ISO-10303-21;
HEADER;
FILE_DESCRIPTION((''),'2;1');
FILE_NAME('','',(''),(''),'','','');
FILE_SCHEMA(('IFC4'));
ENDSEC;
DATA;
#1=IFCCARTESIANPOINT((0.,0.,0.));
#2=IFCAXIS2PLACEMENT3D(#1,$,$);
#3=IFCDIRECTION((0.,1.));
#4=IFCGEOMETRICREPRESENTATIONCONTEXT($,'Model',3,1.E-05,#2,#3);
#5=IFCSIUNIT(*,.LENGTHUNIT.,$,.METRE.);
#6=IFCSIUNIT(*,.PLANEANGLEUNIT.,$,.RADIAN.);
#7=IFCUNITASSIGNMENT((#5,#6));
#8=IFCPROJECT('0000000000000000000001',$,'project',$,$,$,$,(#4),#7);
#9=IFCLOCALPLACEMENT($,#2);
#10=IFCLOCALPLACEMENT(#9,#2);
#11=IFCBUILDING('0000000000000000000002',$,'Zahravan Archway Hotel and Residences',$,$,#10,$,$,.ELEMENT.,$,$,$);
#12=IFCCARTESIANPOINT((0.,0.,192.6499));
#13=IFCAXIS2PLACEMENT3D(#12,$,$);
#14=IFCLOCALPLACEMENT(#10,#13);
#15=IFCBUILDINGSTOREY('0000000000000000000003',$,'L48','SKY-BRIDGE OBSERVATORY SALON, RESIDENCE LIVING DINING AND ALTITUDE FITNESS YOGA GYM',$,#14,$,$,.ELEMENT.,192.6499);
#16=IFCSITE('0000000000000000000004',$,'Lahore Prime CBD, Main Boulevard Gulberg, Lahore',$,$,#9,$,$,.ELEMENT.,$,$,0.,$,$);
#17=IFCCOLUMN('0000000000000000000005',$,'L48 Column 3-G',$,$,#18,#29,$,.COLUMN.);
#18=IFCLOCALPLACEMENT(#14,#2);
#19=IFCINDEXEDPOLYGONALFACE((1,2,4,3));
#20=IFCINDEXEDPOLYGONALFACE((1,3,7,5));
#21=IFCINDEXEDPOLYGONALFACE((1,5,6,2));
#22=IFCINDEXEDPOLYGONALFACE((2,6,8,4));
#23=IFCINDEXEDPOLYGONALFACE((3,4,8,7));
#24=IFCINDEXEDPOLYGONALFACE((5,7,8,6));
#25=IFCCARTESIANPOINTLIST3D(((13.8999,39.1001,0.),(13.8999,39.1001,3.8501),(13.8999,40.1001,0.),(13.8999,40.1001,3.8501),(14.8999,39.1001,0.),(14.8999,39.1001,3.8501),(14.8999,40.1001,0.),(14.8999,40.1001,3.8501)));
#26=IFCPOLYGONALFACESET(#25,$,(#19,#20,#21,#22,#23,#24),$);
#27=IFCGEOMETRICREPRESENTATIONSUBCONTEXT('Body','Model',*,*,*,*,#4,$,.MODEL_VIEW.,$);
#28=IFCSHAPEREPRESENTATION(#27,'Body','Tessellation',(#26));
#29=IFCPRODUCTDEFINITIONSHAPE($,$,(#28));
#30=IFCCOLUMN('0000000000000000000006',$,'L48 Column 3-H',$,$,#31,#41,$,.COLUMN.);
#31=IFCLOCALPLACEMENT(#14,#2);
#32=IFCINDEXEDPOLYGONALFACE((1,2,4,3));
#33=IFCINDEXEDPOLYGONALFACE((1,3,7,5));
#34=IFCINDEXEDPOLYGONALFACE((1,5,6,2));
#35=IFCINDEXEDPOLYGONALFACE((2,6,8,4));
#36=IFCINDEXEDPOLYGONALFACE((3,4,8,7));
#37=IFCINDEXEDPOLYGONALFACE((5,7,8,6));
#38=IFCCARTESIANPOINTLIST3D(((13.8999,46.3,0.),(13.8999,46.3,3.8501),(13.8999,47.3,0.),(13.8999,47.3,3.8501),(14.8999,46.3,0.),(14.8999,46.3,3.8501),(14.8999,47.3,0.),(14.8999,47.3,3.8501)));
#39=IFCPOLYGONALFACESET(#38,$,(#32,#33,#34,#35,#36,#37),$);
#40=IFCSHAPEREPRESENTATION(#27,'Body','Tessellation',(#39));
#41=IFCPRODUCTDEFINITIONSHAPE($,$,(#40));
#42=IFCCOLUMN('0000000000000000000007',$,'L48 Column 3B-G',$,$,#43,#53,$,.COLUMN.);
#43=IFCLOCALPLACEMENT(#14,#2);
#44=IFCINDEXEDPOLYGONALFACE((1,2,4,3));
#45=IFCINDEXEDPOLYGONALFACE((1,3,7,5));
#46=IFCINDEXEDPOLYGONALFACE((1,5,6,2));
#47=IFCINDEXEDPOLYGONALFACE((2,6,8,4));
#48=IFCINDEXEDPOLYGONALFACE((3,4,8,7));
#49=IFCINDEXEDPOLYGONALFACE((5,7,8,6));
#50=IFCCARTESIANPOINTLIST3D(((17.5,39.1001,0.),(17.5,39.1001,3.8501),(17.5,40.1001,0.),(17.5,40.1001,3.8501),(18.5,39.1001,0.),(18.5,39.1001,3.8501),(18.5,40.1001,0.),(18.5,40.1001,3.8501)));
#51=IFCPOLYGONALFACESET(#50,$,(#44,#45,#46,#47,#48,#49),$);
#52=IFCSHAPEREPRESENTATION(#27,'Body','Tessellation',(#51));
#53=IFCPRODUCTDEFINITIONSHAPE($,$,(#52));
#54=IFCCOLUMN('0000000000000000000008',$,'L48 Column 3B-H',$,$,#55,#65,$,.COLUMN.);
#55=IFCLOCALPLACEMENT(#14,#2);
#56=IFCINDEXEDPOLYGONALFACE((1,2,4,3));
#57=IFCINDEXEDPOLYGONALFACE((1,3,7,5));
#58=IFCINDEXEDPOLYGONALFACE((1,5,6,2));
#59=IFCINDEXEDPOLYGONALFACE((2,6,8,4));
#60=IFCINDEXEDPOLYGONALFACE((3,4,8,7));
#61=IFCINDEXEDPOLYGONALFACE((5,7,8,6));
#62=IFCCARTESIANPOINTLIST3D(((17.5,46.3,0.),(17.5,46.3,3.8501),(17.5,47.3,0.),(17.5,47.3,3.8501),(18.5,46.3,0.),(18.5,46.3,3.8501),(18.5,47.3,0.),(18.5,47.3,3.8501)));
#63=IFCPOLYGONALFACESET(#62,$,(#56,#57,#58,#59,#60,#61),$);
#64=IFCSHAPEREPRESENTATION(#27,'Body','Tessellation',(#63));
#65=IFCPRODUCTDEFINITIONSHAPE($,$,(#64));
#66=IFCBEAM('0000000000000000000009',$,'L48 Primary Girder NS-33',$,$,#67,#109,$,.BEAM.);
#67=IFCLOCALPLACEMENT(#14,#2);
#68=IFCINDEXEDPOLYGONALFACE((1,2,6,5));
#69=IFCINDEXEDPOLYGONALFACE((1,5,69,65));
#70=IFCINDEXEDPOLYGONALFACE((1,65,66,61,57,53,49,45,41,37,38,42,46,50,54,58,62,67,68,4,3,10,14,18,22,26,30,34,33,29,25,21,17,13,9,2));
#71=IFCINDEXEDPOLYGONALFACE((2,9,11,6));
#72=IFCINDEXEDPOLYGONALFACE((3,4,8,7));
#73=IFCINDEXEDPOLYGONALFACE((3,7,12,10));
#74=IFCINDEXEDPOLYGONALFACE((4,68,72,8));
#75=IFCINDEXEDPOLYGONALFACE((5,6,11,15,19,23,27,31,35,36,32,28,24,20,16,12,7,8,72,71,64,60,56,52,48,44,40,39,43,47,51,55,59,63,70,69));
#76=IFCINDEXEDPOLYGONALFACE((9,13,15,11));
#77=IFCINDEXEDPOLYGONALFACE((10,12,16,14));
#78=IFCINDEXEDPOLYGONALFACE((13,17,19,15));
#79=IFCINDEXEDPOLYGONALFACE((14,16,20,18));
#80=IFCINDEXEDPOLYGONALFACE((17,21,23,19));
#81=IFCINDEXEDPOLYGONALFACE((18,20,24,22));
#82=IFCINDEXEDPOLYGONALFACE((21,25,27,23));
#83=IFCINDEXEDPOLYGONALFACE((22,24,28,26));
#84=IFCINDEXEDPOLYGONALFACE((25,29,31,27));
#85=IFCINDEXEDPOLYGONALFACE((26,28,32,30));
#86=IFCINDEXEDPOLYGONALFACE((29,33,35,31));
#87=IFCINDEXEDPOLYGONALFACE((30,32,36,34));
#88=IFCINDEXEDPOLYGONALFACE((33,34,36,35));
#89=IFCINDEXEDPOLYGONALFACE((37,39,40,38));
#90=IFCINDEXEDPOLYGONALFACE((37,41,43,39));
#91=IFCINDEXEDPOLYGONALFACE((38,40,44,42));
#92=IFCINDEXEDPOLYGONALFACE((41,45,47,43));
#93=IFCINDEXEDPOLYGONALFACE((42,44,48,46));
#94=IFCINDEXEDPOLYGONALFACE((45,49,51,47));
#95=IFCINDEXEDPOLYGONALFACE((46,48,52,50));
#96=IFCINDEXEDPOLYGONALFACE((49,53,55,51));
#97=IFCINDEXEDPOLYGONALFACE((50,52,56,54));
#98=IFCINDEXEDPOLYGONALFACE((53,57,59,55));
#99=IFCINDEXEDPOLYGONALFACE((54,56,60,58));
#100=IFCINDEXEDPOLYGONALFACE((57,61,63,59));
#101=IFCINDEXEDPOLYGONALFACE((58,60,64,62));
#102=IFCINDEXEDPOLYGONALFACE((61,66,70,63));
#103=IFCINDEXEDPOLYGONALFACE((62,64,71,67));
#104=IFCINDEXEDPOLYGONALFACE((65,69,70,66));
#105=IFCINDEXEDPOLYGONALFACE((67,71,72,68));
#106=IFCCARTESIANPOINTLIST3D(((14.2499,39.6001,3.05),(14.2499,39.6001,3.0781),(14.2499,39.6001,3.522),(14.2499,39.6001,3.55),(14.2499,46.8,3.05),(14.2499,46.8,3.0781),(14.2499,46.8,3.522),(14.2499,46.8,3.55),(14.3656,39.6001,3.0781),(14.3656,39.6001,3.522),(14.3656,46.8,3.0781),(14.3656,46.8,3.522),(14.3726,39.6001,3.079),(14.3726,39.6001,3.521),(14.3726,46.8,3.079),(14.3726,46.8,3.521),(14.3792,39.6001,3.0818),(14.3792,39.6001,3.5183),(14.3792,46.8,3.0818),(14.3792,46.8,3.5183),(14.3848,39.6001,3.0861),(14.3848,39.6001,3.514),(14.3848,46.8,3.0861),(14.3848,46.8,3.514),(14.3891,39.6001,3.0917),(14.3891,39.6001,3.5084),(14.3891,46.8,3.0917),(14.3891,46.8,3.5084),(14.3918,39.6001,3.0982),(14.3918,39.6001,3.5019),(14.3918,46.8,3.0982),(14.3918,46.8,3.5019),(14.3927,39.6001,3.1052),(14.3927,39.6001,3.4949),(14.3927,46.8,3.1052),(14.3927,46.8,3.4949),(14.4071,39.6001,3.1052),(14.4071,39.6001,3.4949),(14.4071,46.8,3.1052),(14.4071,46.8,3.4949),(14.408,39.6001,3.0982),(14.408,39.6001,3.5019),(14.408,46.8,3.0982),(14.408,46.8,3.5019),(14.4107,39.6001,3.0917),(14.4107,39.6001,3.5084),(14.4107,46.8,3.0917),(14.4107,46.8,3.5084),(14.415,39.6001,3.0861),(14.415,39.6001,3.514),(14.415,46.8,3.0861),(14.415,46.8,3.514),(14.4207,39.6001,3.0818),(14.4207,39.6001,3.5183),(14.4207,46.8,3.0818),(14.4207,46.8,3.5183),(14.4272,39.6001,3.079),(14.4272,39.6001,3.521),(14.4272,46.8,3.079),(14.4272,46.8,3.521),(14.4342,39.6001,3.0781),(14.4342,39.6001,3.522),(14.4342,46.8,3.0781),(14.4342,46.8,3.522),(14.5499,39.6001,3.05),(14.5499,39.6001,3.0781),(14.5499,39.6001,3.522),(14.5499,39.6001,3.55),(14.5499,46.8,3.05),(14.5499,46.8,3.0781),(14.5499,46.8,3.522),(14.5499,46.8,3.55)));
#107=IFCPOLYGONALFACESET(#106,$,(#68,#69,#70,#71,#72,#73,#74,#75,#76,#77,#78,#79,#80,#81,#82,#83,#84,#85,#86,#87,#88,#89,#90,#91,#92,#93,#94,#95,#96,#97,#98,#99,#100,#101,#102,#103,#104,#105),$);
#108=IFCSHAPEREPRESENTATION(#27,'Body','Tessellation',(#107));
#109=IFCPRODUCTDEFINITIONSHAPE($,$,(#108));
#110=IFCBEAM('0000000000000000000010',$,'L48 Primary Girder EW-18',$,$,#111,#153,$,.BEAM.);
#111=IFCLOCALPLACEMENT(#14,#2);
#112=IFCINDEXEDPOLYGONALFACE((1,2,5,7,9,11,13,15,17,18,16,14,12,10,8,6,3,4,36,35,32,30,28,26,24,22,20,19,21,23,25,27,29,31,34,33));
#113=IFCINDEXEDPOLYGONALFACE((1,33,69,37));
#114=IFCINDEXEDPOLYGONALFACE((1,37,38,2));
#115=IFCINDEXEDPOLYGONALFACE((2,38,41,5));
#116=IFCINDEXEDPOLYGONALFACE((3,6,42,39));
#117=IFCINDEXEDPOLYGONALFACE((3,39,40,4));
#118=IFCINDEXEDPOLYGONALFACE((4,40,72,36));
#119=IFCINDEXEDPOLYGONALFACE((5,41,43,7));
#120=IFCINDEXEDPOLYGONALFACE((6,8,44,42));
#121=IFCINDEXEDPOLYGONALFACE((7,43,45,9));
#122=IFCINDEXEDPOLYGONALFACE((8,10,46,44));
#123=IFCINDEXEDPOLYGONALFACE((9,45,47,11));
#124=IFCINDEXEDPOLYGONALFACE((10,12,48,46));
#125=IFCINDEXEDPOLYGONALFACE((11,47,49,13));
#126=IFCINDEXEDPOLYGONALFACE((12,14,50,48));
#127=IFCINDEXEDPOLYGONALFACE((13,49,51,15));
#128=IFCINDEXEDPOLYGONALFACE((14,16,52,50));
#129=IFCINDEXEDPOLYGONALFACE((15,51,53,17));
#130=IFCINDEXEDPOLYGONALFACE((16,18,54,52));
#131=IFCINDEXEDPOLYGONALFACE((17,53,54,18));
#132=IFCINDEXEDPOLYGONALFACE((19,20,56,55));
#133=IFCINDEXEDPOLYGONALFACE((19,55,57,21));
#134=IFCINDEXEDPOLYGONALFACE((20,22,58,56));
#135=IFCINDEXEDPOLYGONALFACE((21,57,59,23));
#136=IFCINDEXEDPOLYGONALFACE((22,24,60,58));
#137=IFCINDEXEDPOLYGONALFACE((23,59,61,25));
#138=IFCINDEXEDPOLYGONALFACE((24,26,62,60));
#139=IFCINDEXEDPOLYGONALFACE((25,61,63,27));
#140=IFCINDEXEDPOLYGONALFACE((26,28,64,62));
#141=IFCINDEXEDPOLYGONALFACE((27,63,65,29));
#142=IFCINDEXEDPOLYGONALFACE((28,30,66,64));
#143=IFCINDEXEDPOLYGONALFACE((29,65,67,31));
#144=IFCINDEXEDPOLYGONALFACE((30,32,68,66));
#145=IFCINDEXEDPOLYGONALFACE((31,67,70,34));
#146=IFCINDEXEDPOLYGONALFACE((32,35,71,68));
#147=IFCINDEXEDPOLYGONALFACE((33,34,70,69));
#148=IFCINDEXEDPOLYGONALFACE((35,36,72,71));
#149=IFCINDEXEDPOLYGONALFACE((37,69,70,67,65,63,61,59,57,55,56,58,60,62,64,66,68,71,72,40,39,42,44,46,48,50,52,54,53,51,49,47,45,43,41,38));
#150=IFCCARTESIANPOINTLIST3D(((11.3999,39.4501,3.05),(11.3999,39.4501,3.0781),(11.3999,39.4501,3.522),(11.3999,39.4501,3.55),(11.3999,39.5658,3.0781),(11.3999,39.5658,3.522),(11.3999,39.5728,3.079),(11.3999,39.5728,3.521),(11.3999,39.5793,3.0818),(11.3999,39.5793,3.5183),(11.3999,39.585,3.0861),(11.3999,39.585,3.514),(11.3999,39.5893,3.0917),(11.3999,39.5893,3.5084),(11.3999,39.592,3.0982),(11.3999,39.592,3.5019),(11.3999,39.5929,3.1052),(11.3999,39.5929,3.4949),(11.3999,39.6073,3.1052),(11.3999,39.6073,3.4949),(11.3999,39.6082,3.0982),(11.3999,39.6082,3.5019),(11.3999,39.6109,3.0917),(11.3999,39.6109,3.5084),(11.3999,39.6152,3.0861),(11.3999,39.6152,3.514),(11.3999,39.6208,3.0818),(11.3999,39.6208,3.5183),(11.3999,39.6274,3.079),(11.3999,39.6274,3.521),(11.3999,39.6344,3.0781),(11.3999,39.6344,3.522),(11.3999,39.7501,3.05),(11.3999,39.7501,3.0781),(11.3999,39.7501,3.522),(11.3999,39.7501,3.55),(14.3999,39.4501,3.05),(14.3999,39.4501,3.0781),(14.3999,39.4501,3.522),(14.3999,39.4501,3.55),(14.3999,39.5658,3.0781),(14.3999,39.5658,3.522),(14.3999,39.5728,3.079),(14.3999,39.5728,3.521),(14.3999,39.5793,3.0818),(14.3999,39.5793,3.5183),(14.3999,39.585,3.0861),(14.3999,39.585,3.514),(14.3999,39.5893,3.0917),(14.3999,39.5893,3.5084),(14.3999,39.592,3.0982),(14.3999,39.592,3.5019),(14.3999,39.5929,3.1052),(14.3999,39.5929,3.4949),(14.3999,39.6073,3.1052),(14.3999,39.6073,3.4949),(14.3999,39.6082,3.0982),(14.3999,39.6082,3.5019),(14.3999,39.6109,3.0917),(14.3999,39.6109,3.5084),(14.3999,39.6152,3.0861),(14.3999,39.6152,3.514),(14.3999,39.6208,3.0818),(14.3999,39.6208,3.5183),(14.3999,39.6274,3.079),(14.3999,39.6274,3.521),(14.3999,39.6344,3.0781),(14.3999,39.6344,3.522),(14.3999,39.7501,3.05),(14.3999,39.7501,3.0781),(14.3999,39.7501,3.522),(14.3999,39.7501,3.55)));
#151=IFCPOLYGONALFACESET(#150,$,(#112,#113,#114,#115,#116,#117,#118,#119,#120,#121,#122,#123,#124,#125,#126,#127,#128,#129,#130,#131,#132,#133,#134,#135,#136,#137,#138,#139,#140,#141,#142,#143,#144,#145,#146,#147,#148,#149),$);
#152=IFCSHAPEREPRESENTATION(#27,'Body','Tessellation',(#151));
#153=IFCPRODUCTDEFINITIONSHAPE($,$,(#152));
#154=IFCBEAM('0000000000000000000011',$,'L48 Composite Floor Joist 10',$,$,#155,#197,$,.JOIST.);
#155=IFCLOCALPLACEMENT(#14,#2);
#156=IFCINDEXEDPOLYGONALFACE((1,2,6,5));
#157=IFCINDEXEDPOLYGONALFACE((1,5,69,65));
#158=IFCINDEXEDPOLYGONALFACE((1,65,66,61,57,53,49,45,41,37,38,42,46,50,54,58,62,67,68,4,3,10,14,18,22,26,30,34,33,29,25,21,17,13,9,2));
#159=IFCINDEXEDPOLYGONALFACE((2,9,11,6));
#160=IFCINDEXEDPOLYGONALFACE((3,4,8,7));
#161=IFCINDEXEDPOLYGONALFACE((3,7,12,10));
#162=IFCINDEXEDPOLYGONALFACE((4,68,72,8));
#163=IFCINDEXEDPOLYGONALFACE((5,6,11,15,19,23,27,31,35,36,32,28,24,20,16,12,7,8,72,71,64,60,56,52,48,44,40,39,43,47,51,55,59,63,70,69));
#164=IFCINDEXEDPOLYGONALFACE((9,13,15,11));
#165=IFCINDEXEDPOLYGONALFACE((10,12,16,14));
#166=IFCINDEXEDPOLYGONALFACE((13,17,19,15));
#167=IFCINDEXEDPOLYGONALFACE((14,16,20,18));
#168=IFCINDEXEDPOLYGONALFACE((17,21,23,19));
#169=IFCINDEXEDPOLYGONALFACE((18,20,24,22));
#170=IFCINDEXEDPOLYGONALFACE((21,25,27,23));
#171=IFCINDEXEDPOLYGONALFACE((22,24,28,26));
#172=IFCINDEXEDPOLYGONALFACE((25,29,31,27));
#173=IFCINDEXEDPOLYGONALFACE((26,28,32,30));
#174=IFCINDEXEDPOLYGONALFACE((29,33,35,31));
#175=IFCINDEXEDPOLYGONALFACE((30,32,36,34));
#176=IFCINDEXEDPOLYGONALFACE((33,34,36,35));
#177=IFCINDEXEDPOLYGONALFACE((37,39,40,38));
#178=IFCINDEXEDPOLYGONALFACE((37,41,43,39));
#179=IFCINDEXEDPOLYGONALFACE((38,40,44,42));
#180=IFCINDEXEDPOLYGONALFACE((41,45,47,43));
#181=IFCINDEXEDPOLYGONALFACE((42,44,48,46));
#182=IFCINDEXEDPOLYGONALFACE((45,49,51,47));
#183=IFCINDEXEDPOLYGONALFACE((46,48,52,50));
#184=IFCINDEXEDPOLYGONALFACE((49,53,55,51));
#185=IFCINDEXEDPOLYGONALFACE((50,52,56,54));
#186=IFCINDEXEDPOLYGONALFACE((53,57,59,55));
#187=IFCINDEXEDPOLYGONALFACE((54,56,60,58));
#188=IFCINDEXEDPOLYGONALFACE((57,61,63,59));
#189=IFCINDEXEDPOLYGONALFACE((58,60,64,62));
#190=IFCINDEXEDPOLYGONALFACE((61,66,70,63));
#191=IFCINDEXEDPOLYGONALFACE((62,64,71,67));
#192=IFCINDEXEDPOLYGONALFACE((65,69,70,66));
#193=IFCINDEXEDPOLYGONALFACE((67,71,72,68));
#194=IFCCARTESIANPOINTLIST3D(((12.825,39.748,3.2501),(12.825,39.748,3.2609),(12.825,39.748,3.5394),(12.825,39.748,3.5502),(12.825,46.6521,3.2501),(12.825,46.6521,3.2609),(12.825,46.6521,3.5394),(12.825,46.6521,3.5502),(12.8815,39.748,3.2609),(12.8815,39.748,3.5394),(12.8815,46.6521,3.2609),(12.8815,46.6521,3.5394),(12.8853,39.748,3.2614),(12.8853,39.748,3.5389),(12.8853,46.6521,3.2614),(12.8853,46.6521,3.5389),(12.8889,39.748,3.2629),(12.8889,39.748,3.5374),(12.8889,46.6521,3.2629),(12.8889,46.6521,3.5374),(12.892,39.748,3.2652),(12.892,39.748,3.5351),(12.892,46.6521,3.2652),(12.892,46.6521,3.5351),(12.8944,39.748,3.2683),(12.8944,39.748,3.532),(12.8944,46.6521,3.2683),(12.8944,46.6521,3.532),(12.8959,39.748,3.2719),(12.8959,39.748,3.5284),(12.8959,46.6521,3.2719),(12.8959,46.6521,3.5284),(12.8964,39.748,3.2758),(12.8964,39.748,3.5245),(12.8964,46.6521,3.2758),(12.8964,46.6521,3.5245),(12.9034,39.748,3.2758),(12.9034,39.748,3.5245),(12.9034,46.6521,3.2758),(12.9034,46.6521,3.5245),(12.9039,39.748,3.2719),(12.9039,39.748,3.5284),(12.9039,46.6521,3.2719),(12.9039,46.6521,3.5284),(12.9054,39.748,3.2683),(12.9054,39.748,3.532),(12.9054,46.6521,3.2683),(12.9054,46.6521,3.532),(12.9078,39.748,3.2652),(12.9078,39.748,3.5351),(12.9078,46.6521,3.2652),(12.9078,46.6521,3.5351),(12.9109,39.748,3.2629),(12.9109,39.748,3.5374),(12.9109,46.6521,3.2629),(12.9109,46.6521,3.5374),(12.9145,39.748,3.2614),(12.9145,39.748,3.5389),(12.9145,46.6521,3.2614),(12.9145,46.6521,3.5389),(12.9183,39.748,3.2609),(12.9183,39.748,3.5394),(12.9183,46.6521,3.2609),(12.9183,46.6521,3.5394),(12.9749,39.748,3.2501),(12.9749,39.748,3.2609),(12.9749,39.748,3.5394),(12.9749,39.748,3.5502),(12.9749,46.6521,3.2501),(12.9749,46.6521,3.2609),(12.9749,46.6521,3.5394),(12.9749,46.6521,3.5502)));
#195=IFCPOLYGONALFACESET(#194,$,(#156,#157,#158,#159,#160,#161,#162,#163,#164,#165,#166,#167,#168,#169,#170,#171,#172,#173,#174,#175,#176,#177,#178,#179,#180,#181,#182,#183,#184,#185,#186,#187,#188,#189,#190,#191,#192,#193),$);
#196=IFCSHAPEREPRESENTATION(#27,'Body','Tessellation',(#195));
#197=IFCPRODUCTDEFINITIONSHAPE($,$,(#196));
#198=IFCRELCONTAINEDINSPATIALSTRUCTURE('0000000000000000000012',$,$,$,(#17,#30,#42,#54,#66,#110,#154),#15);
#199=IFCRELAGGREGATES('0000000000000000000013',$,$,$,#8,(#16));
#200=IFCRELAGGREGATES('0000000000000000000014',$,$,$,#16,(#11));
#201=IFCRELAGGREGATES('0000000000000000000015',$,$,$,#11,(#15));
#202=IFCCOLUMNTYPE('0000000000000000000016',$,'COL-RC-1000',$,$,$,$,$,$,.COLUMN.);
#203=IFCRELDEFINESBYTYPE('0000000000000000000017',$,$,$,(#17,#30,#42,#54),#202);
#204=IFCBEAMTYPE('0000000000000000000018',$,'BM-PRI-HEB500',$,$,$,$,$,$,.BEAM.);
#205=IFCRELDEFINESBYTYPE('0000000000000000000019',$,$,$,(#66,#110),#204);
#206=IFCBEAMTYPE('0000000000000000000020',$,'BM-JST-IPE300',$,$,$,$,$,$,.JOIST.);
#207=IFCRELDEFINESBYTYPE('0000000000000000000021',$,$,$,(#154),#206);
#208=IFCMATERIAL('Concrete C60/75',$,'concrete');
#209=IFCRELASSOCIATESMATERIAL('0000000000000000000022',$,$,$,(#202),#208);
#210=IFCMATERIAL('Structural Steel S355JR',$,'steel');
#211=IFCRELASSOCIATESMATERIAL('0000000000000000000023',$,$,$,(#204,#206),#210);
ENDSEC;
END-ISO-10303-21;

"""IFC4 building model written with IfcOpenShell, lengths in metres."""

from ifc_helpers import new_model, si_unit, direction, frame, origin, origin_2d, place, context, subcontext, project, spatial, rectangle, i_section, extrude, source, transform, mapped, material, material_profile, profile_set, type_object, type_shapes, element, save


model = new_model("IFC4")

# Units and contexts
model_context = context("Model", 3, precision=1e-05, world=origin(), true_north=direction((0.0, 1.0)))
body_context = subcontext(model_context, "Body", "Model", "MODEL_VIEW")
ifc_project = project(units=[si_unit("LENGTHUNIT", "METRE"), si_unit("PLANEANGLEUNIT", "RADIAN")], contexts=[model_context])

# Site, building, storey
site_placement = place(None, origin())
site = spatial("IfcSite", under=ifc_project, at=site_placement, Name="Lahore Prime CBD, Main Boulevard Gulberg, Lahore", CompositionType="ELEMENT", RefElevation=0.0)
building_placement = place(site_placement, origin())
building = spatial("IfcBuilding", under=site, at=building_placement, Name="Zahravan Archway Hotel and Residences", CompositionType="ELEMENT")
storey_placement = place(building_placement, frame((0.0, 0.0, 192.6499)))
storey = spatial("IfcBuildingStorey", under=building, at=storey_placement, Name="L48", Description="SKY-BRIDGE OBSERVATORY SALON, RESIDENCE LIVING DINING AND ALTITUDE FITNESS YOGA GYM", CompositionType="ELEMENT", Elevation=192.6499)

# Columns
ifc_material_1 = material(Name="Concrete C60/75", Category="concrete")
ifc_material_profile_1 = material_profile(ifc_material_1, rectangle(XDim=1.0, YDim=1.0, at=origin_2d()), Name="RC-COL-1000x1000", Category="concrete")
ifc_profile_set_1 = profile_set([ifc_material_profile_1], Name="Concrete C60/75")
column_type = type_object("IfcColumnType", Name="COL-RC-1000", PredefinedType="COLUMN", material=ifc_profile_set_1)
shared_shape_1 = source(origin(), body_context, "Body", "SweptSolid", [
    extrude(rectangle(XDim=1.0, YDim=1.0, at=origin_2d()), origin(), (0.0, 0.0, 1.0), 3.8501),
])
for number, where, z_axis, x_axis, name in (
    (1, (14.3999, 39.6001, 0.0), (0.0, 0.0, 1.0), (1.0, 0.0, 0.0), "L48 Column 3-G"),
    (2, (14.3999, 46.8, 0.0), (0.0, 0.0, 1.0), (1.0, 0.0, 0.0), "L48 Column 3-H"),
    (3, (18.0, 39.6001, 0.0), (0.0, 0.0, 1.0), (1.0, 0.0, 0.0), "L48 Column 3B-G"),
    (4, (18.0, 46.8, 0.0), (0.0, 0.0, 1.0), (1.0, 0.0, 0.0), "L48 Column 3B-H"),
):
    element("IfcColumn", number, at=place(storey_placement, frame(where, z_axis=z_axis, x_axis=x_axis)), inside=storey, type_object=column_type, Name=name, PredefinedType="COLUMN", context=body_context, shape_type="MappedRepresentation", body=[
        mapped(shared_shape_1, transform((0.0, 0.0, 0.0), scale=1.0)),
    ])

# Beams
ifc_material_2 = material(Name="Structural Steel S355JR", Category="steel")
ifc_material_profile_2 = material_profile(ifc_material_2, i_section(OverallWidth=0.3, OverallDepth=0.5, WebThickness=0.0144, FlangeThickness=0.0281, FilletRadius=0.0271, at=origin_2d()), Name="HEB 500", Category="steel")
ifc_profile_set_2 = profile_set([ifc_material_profile_2], Name="Structural Steel S355JR")
beam_type_1 = type_object("IfcBeamType", Name="BM-PRI-HEB500", PredefinedType="BEAM", material=ifc_profile_set_2)
shared_shape_2 = source(origin(), body_context, "Body", "SweptSolid", [
    extrude(i_section(OverallWidth=0.3, OverallDepth=0.5, WebThickness=0.0144, FlangeThickness=0.0281, FilletRadius=0.0271, at=origin_2d()), origin(), (0.0, 0.0, 1.0), 7.2),
])
beam_1_placement = place(storey_placement, frame((14.3999, 39.6001, 3.3), z_axis=(0.0, 1.0, 0.0), x_axis=(-1.0, 0.0, 0.0)))
element("IfcBeam", 5, at=beam_1_placement, inside=storey, type_object=beam_type_1, Name="L48 Primary Girder NS-33", PredefinedType="BEAM", context=body_context, shape_type="MappedRepresentation", body=[
    mapped(shared_shape_2, transform((0.0, 0.0, 0.0), scale=1.0)),
])
shared_shape_3 = source(origin(), body_context, "Body", "SweptSolid", [
    extrude(i_section(OverallWidth=0.3, OverallDepth=0.5, WebThickness=0.0144, FlangeThickness=0.0281, FilletRadius=0.0271, at=origin_2d()), origin(), (0.0, 0.0, 1.0), 3.0),
])
beam_2_placement = place(storey_placement, frame((11.3999, 39.6001, 3.3), z_axis=(1.0, 0.0, 0.0), x_axis=(0.0, 1.0, 0.0)))
element("IfcBeam", 6, at=beam_2_placement, inside=storey, type_object=beam_type_1, Name="L48 Primary Girder EW-18", PredefinedType="BEAM", context=body_context, shape_type="MappedRepresentation", body=[
    mapped(shared_shape_3, transform((0.0, 0.0, 0.0), scale=1.0)),
])
ifc_material_profile_3 = material_profile(ifc_material_2, i_section(OverallWidth=0.1499, OverallDepth=0.3, WebThickness=0.0071, FlangeThickness=0.0107, FilletRadius=0.0149, at=origin_2d()), Name="IPE 300", Category="steel")
ifc_profile_set_3 = profile_set([ifc_material_profile_3], Name="Structural Steel S355JR")
beam_type_2 = type_object("IfcBeamType", Name="BM-JST-IPE300", PredefinedType="JOIST", material=ifc_profile_set_3)
shared_shape_4 = source(origin(), body_context, "Body", "SweptSolid", [
    extrude(i_section(OverallWidth=0.1499, OverallDepth=0.3, WebThickness=0.0071, FlangeThickness=0.0107, FilletRadius=0.0149, at=origin_2d()), origin(), (0.0, 0.0, 1.0), 6.9041),
])
type_shapes(beam_type_2, [shared_shape_4])
for number, where, z_axis, x_axis, name in (
    (7, (12.8999, 39.748, 3.4001), (0.0, 1.0, 0.0), (-1.0, 0.0, 0.0), "L48 Composite Floor Joist 10"),
):
    element("IfcBeam", number, at=place(storey_placement, frame(where, z_axis=z_axis, x_axis=x_axis)), inside=storey, type_object=beam_type_2, Name=name, PredefinedType="JOIST", context=body_context, shape_type="MappedRepresentation", body=[
        mapped(shared_shape_4, transform((0.0, 0.0, 0.0), scale=1.0)),
    ])

save(model, "model.ifc")
